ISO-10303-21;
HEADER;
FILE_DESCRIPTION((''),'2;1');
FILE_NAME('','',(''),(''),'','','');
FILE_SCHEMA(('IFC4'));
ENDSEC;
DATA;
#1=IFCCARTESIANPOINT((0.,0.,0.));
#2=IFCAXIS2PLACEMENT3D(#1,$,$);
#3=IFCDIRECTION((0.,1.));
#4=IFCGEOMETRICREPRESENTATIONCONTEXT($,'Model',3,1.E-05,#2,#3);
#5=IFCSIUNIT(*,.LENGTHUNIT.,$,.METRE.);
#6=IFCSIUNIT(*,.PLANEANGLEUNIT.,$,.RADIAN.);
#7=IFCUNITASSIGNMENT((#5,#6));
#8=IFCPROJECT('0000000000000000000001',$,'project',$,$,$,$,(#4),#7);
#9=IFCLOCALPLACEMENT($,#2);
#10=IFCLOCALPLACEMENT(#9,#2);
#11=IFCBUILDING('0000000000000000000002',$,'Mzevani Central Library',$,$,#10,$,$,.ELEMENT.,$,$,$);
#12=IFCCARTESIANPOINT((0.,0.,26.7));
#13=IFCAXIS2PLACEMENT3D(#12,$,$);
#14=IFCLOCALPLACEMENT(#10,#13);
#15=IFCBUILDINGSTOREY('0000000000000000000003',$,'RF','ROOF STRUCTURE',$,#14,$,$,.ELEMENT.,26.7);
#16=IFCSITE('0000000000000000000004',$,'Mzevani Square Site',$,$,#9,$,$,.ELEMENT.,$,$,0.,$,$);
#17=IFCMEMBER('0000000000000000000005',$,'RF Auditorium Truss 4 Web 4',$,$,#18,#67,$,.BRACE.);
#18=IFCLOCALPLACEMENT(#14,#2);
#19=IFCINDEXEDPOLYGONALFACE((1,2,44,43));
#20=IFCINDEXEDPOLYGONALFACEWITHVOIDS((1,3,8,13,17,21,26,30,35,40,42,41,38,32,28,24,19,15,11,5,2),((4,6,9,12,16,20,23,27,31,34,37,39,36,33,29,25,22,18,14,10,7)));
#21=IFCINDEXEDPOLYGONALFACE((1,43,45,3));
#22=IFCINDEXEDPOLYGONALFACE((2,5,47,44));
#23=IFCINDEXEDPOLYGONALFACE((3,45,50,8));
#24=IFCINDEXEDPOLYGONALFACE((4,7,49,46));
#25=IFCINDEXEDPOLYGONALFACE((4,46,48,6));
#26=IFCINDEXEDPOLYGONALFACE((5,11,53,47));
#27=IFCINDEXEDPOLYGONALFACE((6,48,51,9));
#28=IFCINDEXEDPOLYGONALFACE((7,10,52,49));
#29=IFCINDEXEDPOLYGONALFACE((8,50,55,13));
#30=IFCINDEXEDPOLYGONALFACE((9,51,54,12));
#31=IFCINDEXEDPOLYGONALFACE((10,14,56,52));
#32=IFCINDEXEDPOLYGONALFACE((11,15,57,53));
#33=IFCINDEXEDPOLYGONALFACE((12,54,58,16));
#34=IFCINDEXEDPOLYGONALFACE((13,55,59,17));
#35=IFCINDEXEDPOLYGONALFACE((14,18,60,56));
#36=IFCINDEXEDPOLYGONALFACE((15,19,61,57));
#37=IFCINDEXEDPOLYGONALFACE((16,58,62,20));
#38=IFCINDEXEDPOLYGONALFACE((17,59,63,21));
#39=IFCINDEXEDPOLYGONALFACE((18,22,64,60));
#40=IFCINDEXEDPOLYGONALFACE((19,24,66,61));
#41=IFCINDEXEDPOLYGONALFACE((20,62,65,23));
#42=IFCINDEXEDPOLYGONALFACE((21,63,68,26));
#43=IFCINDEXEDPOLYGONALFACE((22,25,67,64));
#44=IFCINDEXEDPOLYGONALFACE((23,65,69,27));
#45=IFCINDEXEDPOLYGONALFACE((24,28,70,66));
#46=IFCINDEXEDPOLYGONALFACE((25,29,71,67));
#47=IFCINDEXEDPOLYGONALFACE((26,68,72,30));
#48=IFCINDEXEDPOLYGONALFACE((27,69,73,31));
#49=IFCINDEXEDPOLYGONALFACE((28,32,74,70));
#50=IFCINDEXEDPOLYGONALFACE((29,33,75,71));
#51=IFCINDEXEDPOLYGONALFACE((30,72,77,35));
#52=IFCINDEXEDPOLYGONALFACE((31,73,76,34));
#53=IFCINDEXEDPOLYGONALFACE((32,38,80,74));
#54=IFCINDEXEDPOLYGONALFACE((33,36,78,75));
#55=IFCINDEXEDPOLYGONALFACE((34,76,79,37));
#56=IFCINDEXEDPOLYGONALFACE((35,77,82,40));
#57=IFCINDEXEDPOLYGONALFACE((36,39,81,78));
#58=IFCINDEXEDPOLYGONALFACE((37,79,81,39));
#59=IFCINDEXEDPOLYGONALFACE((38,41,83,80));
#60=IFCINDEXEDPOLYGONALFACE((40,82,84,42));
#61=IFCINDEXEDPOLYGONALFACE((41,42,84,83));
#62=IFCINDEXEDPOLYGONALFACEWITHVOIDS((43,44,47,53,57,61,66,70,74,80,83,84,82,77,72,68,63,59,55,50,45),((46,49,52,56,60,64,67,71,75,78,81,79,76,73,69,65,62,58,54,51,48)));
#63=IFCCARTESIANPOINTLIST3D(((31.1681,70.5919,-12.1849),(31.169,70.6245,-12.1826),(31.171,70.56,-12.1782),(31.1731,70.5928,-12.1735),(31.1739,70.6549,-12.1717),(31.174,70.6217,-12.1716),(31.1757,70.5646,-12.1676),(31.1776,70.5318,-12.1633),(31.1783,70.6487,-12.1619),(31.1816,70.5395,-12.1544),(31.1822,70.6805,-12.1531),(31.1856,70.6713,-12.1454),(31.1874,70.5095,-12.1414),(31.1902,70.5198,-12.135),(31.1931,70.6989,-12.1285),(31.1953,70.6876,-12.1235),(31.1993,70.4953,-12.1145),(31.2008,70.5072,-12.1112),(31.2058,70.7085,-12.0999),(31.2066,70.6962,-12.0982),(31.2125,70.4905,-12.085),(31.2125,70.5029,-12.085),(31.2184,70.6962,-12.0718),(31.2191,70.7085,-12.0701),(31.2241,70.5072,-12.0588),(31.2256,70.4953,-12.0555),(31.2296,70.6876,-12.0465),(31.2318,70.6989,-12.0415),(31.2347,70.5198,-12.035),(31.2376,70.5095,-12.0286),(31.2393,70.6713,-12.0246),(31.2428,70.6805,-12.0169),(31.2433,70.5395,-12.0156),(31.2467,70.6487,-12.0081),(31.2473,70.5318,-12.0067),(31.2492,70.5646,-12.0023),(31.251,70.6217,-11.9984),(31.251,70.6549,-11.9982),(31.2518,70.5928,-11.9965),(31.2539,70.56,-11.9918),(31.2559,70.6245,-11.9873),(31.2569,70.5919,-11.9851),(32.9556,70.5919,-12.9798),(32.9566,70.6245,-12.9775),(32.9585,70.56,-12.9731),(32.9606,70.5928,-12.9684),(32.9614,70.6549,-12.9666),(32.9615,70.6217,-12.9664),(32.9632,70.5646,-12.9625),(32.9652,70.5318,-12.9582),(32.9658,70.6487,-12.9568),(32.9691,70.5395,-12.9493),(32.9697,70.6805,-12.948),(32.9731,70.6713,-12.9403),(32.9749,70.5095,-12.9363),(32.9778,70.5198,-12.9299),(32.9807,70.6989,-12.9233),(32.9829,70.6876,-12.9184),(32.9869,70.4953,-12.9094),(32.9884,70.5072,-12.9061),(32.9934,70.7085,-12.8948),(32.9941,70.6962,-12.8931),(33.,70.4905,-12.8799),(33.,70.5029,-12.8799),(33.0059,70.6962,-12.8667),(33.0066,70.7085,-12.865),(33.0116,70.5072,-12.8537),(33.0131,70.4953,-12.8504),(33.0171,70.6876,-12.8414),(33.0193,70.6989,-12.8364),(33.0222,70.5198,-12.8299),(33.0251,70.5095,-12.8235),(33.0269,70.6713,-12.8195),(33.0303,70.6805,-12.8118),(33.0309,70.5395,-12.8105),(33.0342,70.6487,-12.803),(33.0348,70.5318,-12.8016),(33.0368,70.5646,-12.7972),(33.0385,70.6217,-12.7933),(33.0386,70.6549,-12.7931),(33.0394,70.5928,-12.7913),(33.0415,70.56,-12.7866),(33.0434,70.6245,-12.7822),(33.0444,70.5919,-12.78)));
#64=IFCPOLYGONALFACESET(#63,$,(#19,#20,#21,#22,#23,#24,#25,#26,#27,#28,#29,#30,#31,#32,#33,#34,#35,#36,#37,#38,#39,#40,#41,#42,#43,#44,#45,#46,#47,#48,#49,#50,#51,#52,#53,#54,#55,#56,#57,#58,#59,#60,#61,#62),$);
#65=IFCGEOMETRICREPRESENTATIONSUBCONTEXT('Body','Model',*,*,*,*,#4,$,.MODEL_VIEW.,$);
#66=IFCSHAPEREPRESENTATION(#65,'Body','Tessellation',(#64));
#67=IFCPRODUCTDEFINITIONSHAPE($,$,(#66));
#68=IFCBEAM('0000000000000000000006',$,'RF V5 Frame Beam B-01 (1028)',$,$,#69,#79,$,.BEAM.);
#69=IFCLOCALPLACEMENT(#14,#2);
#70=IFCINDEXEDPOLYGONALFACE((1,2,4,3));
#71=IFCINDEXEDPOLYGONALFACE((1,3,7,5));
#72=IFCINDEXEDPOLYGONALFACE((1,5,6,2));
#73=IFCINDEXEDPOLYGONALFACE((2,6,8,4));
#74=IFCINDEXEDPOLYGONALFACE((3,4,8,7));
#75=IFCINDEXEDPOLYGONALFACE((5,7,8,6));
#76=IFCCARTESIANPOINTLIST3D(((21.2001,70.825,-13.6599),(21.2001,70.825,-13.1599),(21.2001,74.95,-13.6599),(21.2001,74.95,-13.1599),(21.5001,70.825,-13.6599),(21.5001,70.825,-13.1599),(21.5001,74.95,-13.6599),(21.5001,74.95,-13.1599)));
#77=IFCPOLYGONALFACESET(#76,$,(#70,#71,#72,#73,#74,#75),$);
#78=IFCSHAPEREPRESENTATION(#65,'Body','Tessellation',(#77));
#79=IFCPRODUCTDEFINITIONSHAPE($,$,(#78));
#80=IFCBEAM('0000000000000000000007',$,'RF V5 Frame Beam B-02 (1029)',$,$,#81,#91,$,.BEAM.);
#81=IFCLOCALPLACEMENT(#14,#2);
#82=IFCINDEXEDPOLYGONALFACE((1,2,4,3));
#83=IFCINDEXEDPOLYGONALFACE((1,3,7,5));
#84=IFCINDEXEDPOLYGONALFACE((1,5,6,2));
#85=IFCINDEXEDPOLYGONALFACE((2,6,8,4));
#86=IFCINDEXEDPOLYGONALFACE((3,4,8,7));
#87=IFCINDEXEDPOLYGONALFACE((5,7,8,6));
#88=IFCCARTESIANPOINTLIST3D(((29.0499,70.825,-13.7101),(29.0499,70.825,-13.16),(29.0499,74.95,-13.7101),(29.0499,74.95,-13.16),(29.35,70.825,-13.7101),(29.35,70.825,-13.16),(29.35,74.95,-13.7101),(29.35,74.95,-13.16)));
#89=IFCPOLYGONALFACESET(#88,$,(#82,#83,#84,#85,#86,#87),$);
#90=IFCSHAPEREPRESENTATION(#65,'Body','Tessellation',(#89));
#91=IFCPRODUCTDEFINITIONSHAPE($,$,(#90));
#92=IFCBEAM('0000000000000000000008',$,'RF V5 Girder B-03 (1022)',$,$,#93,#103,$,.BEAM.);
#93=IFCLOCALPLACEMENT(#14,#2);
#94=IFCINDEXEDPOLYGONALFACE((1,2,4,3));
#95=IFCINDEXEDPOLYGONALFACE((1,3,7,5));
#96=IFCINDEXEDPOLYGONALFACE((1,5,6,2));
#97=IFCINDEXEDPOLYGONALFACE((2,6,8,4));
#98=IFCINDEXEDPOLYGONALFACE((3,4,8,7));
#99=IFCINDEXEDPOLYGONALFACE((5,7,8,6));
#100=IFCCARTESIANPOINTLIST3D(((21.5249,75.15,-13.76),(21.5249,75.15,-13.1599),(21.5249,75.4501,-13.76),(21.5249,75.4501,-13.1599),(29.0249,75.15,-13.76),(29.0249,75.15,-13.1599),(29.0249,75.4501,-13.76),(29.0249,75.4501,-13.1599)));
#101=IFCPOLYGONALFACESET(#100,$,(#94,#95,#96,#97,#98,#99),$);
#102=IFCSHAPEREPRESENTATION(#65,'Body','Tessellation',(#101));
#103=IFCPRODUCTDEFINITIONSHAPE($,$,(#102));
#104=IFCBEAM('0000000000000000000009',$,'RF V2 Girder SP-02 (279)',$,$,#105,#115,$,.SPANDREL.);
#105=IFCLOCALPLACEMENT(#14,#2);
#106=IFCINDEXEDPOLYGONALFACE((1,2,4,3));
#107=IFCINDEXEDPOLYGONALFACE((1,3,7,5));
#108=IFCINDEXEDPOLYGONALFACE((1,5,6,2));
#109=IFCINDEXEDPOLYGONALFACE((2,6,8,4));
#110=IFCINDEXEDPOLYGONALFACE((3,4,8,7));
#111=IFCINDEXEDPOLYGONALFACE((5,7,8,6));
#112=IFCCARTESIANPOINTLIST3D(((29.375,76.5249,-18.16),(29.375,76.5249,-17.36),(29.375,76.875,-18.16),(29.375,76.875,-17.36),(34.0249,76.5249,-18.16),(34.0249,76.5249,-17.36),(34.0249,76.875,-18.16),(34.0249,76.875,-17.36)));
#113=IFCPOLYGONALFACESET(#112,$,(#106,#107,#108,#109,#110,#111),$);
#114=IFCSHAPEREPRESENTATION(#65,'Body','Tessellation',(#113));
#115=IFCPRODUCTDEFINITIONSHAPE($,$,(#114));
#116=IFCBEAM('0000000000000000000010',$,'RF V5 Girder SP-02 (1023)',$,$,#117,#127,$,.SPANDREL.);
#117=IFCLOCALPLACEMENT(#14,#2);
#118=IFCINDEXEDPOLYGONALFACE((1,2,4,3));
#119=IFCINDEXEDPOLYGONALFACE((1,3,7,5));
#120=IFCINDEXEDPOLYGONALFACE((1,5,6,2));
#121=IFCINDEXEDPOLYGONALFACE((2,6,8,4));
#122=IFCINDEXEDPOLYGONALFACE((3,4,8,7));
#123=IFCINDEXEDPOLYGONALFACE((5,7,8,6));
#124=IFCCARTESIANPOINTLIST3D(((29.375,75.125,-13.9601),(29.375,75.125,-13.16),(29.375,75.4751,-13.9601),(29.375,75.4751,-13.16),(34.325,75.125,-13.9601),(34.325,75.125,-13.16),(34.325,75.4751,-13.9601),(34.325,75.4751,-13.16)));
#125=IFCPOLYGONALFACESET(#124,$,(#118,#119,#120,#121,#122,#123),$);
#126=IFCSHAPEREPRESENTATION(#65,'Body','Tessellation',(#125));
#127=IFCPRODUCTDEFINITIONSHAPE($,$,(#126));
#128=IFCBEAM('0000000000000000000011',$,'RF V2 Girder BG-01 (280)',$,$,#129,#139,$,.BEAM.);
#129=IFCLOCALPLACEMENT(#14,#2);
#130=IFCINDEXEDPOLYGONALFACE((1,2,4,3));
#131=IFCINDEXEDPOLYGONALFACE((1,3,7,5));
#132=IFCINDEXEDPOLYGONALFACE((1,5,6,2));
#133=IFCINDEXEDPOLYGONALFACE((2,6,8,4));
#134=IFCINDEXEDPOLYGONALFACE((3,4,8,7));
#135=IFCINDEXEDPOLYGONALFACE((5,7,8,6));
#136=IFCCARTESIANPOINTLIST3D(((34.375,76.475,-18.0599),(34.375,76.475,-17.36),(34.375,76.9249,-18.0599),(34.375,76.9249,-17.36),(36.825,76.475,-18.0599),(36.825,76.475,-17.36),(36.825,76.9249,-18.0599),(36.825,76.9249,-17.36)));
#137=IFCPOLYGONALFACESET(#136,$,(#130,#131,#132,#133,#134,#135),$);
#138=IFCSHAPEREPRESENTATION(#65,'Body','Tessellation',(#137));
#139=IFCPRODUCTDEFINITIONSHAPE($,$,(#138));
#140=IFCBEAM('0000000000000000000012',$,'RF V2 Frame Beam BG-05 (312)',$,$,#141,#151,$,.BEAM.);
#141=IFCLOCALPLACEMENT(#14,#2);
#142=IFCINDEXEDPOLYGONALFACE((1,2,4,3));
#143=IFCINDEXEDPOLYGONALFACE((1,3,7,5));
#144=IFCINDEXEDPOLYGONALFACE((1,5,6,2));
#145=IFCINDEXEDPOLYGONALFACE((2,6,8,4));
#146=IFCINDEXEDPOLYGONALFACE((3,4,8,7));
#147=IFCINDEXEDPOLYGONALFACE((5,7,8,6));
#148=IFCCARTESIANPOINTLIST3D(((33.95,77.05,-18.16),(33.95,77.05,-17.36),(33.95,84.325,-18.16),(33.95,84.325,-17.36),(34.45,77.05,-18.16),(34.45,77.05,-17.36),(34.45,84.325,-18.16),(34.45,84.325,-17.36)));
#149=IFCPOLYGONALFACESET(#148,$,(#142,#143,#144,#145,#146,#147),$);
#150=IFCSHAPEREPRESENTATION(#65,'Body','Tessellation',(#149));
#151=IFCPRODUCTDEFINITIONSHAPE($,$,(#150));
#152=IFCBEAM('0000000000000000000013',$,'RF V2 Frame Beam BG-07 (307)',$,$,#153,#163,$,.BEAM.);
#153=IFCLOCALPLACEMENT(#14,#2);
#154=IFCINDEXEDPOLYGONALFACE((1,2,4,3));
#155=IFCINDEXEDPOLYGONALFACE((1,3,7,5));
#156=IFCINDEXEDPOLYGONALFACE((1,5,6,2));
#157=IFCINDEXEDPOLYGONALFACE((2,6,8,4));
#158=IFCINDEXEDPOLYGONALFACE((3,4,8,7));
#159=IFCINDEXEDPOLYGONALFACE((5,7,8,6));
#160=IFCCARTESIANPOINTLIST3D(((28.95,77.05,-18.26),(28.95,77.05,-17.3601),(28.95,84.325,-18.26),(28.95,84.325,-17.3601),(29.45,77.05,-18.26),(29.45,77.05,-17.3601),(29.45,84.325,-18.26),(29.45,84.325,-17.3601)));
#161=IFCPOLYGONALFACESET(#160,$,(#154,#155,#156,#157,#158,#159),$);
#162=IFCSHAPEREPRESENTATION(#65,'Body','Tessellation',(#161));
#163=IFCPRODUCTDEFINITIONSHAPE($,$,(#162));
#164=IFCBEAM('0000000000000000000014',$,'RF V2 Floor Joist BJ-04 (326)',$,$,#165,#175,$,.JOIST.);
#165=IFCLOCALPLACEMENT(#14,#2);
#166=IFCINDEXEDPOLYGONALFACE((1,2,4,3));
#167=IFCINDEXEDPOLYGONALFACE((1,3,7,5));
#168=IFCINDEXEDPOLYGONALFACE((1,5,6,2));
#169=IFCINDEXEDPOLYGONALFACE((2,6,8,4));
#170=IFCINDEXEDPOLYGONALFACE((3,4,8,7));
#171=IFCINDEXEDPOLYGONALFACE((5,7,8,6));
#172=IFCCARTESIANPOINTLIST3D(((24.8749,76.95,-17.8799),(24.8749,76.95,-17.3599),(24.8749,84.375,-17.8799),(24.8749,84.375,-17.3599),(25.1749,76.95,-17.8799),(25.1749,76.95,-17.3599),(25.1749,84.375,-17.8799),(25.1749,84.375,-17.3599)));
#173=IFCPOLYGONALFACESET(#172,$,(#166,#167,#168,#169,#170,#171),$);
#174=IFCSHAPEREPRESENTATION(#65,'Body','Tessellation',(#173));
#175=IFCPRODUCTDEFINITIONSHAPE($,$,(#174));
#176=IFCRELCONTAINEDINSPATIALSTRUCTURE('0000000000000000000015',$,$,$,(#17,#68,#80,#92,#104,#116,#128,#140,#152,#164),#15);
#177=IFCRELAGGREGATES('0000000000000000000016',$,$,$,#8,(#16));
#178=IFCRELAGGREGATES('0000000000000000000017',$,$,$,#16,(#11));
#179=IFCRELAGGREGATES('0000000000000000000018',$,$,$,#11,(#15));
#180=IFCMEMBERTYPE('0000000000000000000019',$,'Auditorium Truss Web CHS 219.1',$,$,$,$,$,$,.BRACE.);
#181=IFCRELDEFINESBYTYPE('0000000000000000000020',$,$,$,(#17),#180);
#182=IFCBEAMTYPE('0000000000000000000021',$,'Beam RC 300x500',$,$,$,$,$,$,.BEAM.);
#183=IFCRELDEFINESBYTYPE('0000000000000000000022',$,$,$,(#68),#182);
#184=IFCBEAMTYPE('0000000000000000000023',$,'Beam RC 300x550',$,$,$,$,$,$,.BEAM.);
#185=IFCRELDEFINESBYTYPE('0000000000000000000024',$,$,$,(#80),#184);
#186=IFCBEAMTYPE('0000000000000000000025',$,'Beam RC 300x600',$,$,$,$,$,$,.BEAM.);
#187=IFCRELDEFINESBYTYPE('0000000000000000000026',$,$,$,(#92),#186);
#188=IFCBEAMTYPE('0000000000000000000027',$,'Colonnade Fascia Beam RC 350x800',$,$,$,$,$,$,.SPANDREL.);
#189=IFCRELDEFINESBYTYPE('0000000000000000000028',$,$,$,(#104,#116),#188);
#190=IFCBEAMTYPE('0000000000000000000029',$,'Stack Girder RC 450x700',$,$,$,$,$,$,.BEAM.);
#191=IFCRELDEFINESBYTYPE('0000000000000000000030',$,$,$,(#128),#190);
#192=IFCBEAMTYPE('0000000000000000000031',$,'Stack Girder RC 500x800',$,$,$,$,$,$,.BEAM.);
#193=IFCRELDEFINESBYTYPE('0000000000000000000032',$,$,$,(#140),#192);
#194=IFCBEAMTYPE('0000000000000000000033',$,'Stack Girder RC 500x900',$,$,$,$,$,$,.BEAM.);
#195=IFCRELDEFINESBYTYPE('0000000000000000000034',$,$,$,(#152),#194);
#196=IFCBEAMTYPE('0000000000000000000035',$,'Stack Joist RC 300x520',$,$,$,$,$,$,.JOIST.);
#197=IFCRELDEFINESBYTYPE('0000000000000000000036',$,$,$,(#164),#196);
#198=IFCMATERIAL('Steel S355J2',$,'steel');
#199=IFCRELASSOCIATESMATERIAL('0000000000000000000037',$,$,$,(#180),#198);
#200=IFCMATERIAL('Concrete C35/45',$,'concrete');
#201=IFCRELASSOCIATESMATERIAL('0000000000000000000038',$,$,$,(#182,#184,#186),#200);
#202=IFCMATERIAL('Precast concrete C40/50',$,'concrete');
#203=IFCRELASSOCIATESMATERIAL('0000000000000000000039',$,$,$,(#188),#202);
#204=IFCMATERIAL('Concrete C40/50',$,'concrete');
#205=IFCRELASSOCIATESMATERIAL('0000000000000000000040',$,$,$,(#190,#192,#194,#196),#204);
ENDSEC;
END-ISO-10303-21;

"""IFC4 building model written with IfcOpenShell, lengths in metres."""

from ifc_helpers import new_model, si_unit, direction, frame, origin, origin_2d, place, context, subcontext, project, spatial, rectangle, hollow_circle, extrude, material, material_profile, profile_set, type_object, element, save


model = new_model("IFC4")

# Units and contexts
model_context = context("Model", 3, precision=1e-05, world=origin(), true_north=direction((0.0, 1.0)))
body_context = subcontext(model_context, "Body", "Model", "MODEL_VIEW")
ifc_project = project(units=[si_unit("LENGTHUNIT", "METRE"), si_unit("PLANEANGLEUNIT", "RADIAN")], contexts=[model_context])

# Site, building, storey
site_placement = place(None, origin())
site = spatial("IfcSite", under=ifc_project, at=site_placement, Name="Mzevani Square Site", CompositionType="ELEMENT", RefElevation=0.0)
building_placement = place(site_placement, origin())
building = spatial("IfcBuilding", under=site, at=building_placement, Name="Mzevani Central Library", CompositionType="ELEMENT")
storey_placement = place(building_placement, frame((0.0, 0.0, 26.7)))
storey = spatial("IfcBuildingStorey", under=building, at=storey_placement, Name="RF", Description="ROOF STRUCTURE", CompositionType="ELEMENT", Elevation=26.7)

# Member
ifc_material_1 = material(Name="Steel S355J2", Category="steel")
ifc_material_profile_1 = material_profile(ifc_material_1, hollow_circle(Radius=0.1096, WallThickness=0.0125, at=origin_2d()), Name="CHS 219.1x12.5")
ifc_profile_set_1 = profile_set([ifc_material_profile_1], Name="Steel S355J2")
member_type_1 = type_object("IfcMemberType", Name="Auditorium Truss Web CHS 219.1", PredefinedType="BRACE", material=ifc_profile_set_1)
member_1_placement = place(storey_placement, frame((33.0, 70.6001, -12.8799), z_axis=(-0.913729, 0.0, 0.406324), x_axis=(0.0, -1.0, 0.0)))
element("IfcMember", 1, at=member_1_placement, inside=storey, type_object=member_type_1, Name="RF Auditorium Truss 4 Web 4", PredefinedType="BRACE", context=body_context, shape_type="SweptSolid", body=[
    extrude(hollow_circle(Radius=0.1096, WallThickness=0.0125, at=origin_2d()), origin(), (0.0, 0.0, 1.0), 1.9563),
])

# Beams
ifc_material_2 = material(Name="Concrete C35/45", Category="concrete")
ifc_material_profile_2 = material_profile(ifc_material_2, rectangle(XDim=0.3, YDim=0.5, at=origin_2d()), Name="RC B300x500")
ifc_profile_set_2 = profile_set([ifc_material_profile_2], Name="Concrete C35/45")
beam_type_1 = type_object("IfcBeamType", Name="Beam RC 300x500", PredefinedType="BEAM", material=ifc_profile_set_2)
beam_1_placement = place(storey_placement, frame((21.3501, 70.825, -13.4099), z_axis=(0.0, 1.0, 0.0), x_axis=(-1.0, 0.0, 0.0)))
element("IfcBeam", 2, at=beam_1_placement, inside=storey, type_object=beam_type_1, Name="RF V5 Frame Beam B-01 (1028)", PredefinedType="BEAM", context=body_context, shape_type="SweptSolid", body=[
    extrude(rectangle(XDim=0.3, YDim=0.5, at=origin_2d()), origin(), (0.0, 0.0, 1.0), 4.125),
])
ifc_material_profile_3 = material_profile(ifc_material_2, rectangle(XDim=0.3, YDim=0.55, at=origin_2d()), Name="RC B300x550")
ifc_profile_set_3 = profile_set([ifc_material_profile_3], Name="Concrete C35/45")
beam_type_2 = type_object("IfcBeamType", Name="Beam RC 300x550", PredefinedType="BEAM", material=ifc_profile_set_3)
beam_2_placement = place(storey_placement, frame((29.2, 70.825, -13.4351), z_axis=(0.0, 1.0, 0.0), x_axis=(-1.0, 0.0, 0.0)))
element("IfcBeam", 3, at=beam_2_placement, inside=storey, type_object=beam_type_2, Name="RF V5 Frame Beam B-02 (1029)", PredefinedType="BEAM", context=body_context, shape_type="SweptSolid", body=[
    extrude(rectangle(XDim=0.3, YDim=0.55, at=origin_2d()), origin(), (0.0, 0.0, 1.0), 4.125),
])
ifc_material_profile_4 = material_profile(ifc_material_2, rectangle(XDim=0.3, YDim=0.6001, at=origin_2d()), Name="RC B300x600")
ifc_profile_set_4 = profile_set([ifc_material_profile_4], Name="Concrete C35/45")
beam_type_3 = type_object("IfcBeamType", Name="Beam RC 300x600", PredefinedType="BEAM", material=ifc_profile_set_4)
beam_3_placement = place(storey_placement, frame((21.5249, 75.3, -13.46), z_axis=(1.0, 0.0, 0.0), x_axis=(0.0, 1.0, 0.0)))
element("IfcBeam", 4, at=beam_3_placement, inside=storey, type_object=beam_type_3, Name="RF V5 Girder B-03 (1022)", PredefinedType="BEAM", context=body_context, shape_type="SweptSolid", body=[
    extrude(rectangle(XDim=0.3, YDim=0.6001, at=origin_2d()), origin(), (0.0, 0.0, 1.0), 7.5),
])
ifc_material_3 = material(Name="Precast concrete C40/50", Category="concrete")
ifc_material_profile_5 = material_profile(ifc_material_3, rectangle(XDim=0.3501, YDim=0.8, at=origin_2d()), Name="RC SP350x800")
ifc_profile_set_5 = profile_set([ifc_material_profile_5], Name="Precast concrete C40/50")
beam_type_4 = type_object("IfcBeamType", Name="Colonnade Fascia Beam RC 350x800", PredefinedType="SPANDREL", material=ifc_profile_set_5)
beam_4_placement = place(storey_placement, frame((29.375, 76.7, -17.76), z_axis=(1.0, 0.0, 0.0), x_axis=(0.0, 1.0, 0.0)))
element("IfcBeam", 5, at=beam_4_placement, inside=storey, type_object=beam_type_4, Name="RF V2 Girder SP-02 (279)", PredefinedType="SPANDREL", context=body_context, shape_type="SweptSolid", body=[
    extrude(rectangle(XDim=0.3501, YDim=0.8, at=origin_2d()), origin(), (0.0, 0.0, 1.0), 4.6499),
])
beam_5_placement = place(storey_placement, frame((29.375, 75.3, -13.5601), z_axis=(1.0, 0.0, 0.0), x_axis=(0.0, 1.0, 0.0)))
element("IfcBeam", 6, at=beam_5_placement, inside=storey, type_object=beam_type_4, Name="RF V5 Girder SP-02 (1023)", PredefinedType="SPANDREL", context=body_context, shape_type="SweptSolid", body=[
    extrude(rectangle(XDim=0.3501, YDim=0.8, at=origin_2d()), origin(), (0.0, 0.0, 1.0), 4.95),
])
ifc_material_4 = material(Name="Concrete C40/50", Category="concrete")
ifc_material_profile_6 = material_profile(ifc_material_4, rectangle(XDim=0.45, YDim=0.7, at=origin_2d()), Name="RC B450x700")
ifc_profile_set_6 = profile_set([ifc_material_profile_6], Name="Concrete C40/50")
beam_type_5 = type_object("IfcBeamType", Name="Stack Girder RC 450x700", PredefinedType="BEAM", material=ifc_profile_set_6)
beam_6_placement = place(storey_placement, frame((34.375, 76.7, -17.71), z_axis=(1.0, 0.0, 0.0), x_axis=(0.0, 1.0, 0.0)))
element("IfcBeam", 7, at=beam_6_placement, inside=storey, type_object=beam_type_5, Name="RF V2 Girder BG-01 (280)", PredefinedType="BEAM", context=body_context, shape_type="SweptSolid", body=[
    extrude(rectangle(XDim=0.45, YDim=0.7, at=origin_2d()), origin(), (0.0, 0.0, 1.0), 2.45),
])
ifc_material_profile_7 = material_profile(ifc_material_4, rectangle(XDim=0.5, YDim=0.8, at=origin_2d()), Name="RC B500x800")
ifc_profile_set_7 = profile_set([ifc_material_profile_7], Name="Concrete C40/50")
beam_type_6 = type_object("IfcBeamType", Name="Stack Girder RC 500x800", PredefinedType="BEAM", material=ifc_profile_set_7)
beam_7_placement = place(storey_placement, frame((34.2, 77.05, -17.76), z_axis=(0.0, 1.0, 0.0), x_axis=(-1.0, 0.0, 0.0)))
element("IfcBeam", 8, at=beam_7_placement, inside=storey, type_object=beam_type_6, Name="RF V2 Frame Beam BG-05 (312)", PredefinedType="BEAM", context=body_context, shape_type="SweptSolid", body=[
    extrude(rectangle(XDim=0.5, YDim=0.8, at=origin_2d()), origin(), (0.0, 0.0, 1.0), 7.2749),
])
ifc_material_profile_8 = material_profile(ifc_material_4, rectangle(XDim=0.5, YDim=0.8999, at=origin_2d()), Name="RC B500x900")
ifc_profile_set_8 = profile_set([ifc_material_profile_8], Name="Concrete C40/50")
beam_type_7 = type_object("IfcBeamType", Name="Stack Girder RC 500x900", PredefinedType="BEAM", material=ifc_profile_set_8)
beam_8_placement = place(storey_placement, frame((29.2, 77.05, -17.8101), z_axis=(0.0, 1.0, 0.0), x_axis=(-1.0, 0.0, 0.0)))
element("IfcBeam", 9, at=beam_8_placement, inside=storey, type_object=beam_type_7, Name="RF V2 Frame Beam BG-07 (307)", PredefinedType="BEAM", context=body_context, shape_type="SweptSolid", body=[
    extrude(rectangle(XDim=0.5, YDim=0.8999, at=origin_2d()), origin(), (0.0, 0.0, 1.0), 7.2749),
])
ifc_material_profile_9 = material_profile(ifc_material_4, rectangle(XDim=0.3, YDim=0.52, at=origin_2d()), Name="RC J300x520")
ifc_profile_set_9 = profile_set([ifc_material_profile_9], Name="Concrete C40/50")
beam_type_8 = type_object("IfcBeamType", Name="Stack Joist RC 300x520", PredefinedType="JOIST", material=ifc_profile_set_9)
beam_9_placement = place(storey_placement, frame((25.0249, 76.95, -17.6199), z_axis=(0.0, 1.0, 0.0), x_axis=(-1.0, 0.0, 0.0)))
element("IfcBeam", 10, at=beam_9_placement, inside=storey, type_object=beam_type_8, Name="RF V2 Floor Joist BJ-04 (326)", PredefinedType="JOIST", context=body_context, shape_type="SweptSolid", body=[
    extrude(rectangle(XDim=0.3, YDim=0.52, at=origin_2d()), origin(), (0.0, 0.0, 1.0), 7.425),
])

save(model, "model.ifc")
